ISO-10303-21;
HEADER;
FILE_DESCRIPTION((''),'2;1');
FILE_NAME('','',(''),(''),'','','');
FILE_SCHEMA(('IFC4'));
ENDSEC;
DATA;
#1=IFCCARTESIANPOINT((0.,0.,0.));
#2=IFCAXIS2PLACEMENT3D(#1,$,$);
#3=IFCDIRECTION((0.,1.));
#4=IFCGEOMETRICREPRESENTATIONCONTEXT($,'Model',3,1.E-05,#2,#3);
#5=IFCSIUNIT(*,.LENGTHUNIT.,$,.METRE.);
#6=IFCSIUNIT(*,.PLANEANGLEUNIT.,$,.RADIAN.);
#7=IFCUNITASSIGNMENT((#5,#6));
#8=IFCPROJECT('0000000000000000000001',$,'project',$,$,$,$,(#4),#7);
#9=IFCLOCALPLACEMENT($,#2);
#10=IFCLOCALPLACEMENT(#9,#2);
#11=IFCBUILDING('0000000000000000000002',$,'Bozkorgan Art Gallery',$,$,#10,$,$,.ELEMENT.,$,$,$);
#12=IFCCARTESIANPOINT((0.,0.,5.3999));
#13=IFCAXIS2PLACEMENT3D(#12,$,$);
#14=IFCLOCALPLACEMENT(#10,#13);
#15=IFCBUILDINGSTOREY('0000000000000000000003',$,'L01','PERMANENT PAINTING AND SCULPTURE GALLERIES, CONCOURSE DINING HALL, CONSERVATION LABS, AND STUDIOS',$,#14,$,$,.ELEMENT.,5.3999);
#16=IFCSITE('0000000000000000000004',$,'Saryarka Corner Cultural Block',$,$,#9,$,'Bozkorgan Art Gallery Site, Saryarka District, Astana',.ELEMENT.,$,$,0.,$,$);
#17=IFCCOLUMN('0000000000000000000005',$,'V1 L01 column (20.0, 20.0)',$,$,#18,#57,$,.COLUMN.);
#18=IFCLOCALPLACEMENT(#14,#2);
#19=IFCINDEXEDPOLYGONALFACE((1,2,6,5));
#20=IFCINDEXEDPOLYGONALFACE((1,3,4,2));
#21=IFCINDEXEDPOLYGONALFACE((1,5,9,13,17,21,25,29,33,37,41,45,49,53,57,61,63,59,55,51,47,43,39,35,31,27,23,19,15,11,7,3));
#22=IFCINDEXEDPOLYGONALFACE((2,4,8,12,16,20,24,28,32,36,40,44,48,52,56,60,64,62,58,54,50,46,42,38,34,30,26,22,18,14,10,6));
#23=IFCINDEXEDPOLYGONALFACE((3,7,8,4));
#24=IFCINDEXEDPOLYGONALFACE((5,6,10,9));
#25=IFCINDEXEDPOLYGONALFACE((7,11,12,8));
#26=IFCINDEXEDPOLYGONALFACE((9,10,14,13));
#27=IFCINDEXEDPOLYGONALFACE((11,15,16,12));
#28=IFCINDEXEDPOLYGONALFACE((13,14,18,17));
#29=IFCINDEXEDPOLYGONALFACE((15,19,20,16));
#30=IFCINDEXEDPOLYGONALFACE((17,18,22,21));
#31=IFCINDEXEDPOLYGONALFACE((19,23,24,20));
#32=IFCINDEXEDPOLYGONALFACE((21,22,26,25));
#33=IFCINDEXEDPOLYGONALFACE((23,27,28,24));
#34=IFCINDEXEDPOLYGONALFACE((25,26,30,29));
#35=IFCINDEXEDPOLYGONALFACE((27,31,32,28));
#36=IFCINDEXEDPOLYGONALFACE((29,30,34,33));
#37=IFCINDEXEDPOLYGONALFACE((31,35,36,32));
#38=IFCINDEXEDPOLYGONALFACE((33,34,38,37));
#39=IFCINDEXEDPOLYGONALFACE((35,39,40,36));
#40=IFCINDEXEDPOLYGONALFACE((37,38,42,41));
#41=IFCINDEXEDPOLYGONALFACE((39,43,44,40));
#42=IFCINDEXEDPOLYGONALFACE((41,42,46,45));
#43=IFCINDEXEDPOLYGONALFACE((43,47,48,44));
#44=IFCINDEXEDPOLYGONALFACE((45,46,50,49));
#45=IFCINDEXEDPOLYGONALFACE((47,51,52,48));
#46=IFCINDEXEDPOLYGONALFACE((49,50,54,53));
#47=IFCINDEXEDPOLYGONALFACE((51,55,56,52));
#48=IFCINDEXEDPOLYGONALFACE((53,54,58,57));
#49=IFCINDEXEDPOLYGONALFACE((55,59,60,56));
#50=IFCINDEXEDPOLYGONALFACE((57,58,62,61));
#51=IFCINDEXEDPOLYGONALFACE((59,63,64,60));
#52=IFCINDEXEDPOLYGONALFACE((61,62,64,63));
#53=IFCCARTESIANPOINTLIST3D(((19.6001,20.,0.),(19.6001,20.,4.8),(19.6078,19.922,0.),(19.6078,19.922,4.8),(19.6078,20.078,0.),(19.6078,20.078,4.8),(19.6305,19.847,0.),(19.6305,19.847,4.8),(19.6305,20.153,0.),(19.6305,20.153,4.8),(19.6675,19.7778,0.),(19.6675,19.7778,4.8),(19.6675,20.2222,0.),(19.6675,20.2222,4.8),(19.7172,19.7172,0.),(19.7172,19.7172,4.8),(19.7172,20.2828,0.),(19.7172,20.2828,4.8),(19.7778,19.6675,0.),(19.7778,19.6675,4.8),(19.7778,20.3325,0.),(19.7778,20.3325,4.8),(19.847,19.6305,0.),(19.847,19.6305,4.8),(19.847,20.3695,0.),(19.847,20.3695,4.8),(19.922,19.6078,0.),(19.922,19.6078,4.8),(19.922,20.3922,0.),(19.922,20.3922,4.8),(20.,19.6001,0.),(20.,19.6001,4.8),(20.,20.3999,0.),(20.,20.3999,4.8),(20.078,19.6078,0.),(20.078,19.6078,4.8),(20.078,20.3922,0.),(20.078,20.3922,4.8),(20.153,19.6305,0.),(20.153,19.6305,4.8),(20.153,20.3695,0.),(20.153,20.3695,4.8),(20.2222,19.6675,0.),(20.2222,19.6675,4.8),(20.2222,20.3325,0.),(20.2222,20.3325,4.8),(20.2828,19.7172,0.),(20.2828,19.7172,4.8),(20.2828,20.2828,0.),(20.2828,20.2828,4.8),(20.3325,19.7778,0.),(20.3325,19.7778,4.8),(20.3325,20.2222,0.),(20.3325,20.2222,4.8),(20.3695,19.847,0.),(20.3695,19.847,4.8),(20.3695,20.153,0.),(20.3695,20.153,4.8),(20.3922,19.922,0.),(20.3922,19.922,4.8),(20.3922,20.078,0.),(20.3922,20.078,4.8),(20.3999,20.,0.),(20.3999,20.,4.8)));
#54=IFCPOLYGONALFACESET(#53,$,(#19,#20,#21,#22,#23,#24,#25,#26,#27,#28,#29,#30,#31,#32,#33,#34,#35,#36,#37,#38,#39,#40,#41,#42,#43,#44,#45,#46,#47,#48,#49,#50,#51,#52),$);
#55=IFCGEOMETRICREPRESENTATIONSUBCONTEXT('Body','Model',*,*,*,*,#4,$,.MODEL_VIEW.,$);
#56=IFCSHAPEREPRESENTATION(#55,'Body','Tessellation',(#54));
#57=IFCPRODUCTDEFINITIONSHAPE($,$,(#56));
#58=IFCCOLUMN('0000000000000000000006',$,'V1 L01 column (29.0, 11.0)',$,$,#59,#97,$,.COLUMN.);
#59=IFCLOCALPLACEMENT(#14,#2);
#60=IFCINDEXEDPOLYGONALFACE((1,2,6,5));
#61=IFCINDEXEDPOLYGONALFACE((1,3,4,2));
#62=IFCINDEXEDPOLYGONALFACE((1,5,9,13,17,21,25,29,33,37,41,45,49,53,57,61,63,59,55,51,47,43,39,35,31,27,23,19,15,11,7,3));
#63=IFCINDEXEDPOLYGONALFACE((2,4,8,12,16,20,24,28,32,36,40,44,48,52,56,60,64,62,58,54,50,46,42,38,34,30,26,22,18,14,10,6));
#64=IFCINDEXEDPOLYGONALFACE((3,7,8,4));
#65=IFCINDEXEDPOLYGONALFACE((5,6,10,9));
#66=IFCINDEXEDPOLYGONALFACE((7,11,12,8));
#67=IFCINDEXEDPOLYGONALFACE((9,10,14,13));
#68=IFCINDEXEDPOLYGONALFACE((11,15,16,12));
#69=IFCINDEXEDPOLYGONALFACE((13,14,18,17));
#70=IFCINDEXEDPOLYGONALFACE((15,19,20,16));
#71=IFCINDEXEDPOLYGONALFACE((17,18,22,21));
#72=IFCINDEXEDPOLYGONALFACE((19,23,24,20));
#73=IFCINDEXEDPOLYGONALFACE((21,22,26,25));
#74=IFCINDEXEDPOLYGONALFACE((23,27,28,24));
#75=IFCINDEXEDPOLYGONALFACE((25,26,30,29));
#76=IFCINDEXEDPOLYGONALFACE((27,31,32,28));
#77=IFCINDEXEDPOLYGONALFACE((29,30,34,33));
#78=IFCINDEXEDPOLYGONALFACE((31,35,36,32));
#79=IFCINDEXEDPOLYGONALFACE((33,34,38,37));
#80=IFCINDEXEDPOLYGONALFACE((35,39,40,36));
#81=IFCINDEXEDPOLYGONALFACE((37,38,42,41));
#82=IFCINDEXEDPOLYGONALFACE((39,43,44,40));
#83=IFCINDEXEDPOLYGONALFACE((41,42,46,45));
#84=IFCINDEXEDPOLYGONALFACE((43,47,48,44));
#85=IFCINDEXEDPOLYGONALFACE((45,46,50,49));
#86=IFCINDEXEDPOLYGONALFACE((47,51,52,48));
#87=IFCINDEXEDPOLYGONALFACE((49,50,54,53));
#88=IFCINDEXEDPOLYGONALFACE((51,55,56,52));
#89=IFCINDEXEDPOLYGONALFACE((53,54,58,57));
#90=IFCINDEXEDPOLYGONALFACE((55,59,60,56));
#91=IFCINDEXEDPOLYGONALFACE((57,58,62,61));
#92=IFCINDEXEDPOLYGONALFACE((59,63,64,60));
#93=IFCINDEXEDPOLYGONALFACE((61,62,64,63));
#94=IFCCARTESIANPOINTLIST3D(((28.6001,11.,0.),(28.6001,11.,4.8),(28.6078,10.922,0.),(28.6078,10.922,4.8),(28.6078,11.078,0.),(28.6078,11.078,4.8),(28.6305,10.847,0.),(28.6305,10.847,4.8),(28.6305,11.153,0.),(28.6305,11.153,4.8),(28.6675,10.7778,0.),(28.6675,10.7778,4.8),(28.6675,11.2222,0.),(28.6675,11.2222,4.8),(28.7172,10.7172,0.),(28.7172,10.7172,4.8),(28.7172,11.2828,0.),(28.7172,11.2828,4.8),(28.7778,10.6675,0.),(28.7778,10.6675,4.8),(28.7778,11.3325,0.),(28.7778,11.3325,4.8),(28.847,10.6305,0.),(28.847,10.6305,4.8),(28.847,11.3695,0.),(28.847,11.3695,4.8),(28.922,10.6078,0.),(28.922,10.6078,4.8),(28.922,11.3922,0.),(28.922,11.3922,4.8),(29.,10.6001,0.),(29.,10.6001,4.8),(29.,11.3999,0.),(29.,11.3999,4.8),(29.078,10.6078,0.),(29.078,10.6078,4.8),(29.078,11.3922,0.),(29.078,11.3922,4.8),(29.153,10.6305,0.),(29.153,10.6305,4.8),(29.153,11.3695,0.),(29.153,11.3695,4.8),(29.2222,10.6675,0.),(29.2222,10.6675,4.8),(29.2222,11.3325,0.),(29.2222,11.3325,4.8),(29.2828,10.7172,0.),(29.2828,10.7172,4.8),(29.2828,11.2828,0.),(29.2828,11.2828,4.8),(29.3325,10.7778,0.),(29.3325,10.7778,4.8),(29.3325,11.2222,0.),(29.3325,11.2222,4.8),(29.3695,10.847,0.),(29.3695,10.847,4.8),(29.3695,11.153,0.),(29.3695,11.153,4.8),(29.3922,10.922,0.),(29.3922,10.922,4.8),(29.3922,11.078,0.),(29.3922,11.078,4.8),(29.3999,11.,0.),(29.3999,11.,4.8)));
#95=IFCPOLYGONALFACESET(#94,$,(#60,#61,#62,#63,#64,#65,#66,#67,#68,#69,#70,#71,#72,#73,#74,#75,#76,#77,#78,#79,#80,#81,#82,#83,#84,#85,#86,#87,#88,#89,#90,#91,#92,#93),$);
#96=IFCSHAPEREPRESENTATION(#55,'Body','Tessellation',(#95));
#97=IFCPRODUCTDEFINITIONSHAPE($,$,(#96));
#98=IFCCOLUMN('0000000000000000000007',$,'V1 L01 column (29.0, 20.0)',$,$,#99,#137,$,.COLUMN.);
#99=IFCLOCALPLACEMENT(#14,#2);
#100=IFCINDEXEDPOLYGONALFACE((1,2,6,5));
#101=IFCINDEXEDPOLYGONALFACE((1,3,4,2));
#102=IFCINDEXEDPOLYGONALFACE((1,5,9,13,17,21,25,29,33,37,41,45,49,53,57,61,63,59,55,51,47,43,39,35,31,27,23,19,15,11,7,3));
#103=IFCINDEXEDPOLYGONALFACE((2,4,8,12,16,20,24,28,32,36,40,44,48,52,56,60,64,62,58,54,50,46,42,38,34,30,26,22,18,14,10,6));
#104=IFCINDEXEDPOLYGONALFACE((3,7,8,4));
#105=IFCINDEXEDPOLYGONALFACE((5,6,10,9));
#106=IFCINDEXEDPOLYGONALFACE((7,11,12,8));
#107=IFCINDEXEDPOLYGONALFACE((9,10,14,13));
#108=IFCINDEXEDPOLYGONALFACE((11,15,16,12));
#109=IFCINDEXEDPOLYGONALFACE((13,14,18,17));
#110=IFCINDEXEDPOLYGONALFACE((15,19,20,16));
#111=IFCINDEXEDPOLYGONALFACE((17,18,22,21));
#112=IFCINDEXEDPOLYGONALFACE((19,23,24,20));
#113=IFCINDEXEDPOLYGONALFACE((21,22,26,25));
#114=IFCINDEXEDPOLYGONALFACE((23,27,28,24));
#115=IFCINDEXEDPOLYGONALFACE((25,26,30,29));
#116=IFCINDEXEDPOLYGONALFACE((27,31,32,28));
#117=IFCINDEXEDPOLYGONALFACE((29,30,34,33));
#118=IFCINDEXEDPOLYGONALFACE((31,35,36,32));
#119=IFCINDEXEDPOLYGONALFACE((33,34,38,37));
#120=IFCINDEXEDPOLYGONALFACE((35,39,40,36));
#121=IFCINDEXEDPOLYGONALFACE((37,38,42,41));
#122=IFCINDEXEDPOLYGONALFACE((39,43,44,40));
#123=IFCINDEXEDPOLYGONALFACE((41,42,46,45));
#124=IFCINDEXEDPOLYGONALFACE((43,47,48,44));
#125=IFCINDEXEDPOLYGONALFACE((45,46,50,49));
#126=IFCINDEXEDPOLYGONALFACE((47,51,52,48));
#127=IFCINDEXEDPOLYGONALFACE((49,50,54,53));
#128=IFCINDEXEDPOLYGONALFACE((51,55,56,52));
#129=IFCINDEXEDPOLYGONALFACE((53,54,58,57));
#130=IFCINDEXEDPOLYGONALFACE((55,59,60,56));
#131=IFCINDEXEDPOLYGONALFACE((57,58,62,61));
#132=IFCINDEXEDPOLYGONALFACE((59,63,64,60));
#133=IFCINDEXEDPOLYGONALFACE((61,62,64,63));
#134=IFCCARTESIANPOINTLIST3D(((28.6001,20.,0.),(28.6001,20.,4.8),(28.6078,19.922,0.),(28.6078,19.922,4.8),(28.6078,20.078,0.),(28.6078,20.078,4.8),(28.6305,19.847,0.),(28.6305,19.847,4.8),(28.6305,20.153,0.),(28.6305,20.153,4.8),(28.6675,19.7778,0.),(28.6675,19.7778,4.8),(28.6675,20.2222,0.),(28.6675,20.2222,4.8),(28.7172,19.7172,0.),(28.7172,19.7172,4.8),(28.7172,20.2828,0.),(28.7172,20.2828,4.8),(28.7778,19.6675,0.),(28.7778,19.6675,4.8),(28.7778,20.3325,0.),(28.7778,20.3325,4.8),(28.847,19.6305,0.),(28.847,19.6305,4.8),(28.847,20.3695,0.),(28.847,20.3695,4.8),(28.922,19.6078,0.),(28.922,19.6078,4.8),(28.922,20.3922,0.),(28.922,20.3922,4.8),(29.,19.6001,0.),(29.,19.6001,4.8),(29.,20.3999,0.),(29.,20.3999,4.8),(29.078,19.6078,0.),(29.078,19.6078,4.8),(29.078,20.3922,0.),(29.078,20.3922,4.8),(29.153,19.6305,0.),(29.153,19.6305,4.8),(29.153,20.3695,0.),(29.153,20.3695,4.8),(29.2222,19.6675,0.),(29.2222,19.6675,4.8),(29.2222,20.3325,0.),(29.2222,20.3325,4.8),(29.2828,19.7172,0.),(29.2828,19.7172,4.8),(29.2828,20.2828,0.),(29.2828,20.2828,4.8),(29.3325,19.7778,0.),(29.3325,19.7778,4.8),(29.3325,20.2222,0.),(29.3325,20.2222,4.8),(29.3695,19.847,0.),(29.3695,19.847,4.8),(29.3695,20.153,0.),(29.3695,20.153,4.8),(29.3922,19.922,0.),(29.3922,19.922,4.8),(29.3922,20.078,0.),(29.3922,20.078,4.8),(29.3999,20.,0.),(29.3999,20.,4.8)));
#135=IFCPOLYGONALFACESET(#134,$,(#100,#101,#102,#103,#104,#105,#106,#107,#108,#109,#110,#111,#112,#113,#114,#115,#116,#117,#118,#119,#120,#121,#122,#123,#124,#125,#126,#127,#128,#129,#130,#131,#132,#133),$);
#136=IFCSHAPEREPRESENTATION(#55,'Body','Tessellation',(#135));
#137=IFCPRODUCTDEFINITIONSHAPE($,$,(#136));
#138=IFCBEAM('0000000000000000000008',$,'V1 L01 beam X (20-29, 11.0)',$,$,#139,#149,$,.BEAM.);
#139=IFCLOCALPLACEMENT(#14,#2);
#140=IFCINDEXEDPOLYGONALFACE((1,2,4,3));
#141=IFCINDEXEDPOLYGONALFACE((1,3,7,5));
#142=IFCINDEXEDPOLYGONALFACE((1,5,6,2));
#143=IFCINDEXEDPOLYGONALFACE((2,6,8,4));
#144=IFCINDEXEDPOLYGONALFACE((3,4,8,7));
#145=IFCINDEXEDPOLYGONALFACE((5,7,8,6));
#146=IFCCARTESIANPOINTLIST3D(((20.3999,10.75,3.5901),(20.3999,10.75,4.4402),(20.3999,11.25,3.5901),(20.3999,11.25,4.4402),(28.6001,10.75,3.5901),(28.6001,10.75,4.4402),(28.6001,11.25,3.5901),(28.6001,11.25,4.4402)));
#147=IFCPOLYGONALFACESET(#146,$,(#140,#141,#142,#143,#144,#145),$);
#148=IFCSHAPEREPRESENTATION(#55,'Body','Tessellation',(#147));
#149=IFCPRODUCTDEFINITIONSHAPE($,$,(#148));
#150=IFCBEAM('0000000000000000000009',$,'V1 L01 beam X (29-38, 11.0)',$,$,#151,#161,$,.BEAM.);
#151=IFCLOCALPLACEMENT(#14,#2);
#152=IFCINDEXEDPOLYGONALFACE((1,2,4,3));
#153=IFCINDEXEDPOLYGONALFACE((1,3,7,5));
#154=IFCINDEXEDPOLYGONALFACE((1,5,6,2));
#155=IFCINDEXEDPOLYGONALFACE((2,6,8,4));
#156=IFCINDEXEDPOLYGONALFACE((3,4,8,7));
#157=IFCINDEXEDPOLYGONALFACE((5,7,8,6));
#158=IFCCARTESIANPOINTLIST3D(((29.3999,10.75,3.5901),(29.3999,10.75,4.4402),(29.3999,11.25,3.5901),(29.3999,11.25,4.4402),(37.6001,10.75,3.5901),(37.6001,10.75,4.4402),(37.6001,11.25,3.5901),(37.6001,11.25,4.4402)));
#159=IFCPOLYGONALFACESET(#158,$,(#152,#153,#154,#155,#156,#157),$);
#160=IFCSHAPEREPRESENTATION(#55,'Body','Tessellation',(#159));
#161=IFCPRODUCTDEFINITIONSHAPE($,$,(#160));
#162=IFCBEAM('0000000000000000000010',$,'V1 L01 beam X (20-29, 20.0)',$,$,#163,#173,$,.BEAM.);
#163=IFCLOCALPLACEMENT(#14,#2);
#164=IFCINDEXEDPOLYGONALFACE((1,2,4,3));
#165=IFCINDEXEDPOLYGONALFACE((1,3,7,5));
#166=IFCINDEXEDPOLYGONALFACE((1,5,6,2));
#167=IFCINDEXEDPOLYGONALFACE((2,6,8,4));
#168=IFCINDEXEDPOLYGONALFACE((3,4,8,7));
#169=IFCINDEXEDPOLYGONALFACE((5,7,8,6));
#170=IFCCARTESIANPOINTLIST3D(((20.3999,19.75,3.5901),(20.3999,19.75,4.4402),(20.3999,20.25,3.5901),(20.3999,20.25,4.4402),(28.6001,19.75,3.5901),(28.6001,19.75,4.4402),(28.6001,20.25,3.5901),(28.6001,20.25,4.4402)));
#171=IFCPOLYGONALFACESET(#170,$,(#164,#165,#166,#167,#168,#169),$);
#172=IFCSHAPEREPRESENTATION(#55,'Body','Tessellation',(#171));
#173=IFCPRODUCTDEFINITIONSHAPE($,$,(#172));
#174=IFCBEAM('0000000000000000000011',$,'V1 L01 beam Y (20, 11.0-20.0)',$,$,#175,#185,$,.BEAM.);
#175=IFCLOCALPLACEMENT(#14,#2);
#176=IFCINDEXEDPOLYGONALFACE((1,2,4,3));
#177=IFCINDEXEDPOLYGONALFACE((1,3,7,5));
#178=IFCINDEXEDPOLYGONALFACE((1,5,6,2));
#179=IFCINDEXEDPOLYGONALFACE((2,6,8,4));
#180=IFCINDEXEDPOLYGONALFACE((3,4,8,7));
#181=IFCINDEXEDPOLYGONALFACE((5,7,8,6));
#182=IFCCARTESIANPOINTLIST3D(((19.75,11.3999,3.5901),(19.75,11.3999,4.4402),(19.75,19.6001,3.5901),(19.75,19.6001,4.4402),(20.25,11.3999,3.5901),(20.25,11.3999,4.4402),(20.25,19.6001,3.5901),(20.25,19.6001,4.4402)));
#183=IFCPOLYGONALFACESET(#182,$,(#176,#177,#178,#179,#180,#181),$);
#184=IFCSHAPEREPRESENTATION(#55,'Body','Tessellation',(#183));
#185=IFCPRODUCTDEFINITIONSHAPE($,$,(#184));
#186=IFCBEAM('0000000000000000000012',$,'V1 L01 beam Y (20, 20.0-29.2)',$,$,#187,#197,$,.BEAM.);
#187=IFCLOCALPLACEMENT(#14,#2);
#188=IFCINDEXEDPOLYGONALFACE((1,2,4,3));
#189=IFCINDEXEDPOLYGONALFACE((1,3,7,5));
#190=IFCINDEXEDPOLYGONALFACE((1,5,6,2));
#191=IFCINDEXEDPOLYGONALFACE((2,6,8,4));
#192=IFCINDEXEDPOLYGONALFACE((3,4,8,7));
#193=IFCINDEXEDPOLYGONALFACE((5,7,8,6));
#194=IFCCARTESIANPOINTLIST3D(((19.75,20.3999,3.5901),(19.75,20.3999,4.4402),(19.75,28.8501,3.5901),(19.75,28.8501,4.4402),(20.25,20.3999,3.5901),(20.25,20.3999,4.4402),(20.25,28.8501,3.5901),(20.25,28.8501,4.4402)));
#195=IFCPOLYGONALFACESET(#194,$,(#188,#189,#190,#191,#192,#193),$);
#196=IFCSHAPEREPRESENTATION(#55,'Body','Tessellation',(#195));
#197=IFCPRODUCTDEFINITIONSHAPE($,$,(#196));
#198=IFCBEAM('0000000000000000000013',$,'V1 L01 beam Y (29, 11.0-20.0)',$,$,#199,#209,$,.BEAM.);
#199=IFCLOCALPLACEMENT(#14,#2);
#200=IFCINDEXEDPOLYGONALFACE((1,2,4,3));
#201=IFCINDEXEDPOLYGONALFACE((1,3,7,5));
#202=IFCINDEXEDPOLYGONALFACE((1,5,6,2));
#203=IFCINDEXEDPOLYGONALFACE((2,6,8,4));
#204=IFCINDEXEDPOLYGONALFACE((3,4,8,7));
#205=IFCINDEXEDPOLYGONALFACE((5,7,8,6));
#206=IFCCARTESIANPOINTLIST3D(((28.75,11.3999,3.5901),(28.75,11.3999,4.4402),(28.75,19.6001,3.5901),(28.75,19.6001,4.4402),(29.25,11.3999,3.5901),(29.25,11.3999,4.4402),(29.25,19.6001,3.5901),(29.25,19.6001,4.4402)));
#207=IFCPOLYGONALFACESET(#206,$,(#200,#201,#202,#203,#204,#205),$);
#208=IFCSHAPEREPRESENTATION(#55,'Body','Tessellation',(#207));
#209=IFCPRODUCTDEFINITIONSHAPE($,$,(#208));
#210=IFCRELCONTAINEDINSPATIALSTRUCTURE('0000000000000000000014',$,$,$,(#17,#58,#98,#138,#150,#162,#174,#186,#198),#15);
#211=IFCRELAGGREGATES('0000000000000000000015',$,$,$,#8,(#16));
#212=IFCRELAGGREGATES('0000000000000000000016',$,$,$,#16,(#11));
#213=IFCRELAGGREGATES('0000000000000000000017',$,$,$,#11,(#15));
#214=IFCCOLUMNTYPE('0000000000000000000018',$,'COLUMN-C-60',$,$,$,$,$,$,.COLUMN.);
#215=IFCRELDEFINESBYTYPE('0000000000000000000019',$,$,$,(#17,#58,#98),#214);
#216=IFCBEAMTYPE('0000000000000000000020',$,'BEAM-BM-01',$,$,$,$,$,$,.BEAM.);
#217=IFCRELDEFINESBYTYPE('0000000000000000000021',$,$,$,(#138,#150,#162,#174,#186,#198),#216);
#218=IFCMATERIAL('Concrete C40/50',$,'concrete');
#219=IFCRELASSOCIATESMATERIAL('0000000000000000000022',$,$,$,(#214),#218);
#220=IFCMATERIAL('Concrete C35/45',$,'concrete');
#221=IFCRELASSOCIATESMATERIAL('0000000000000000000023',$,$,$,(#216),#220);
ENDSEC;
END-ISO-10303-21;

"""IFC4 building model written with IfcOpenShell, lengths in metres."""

from ifc_helpers import new_model, si_unit, direction, frame, origin, origin_2d, place, context, subcontext, project, spatial, rectangle, circle, extrude, material, material_profile, profile_set, type_object, element, save


model = new_model("IFC4")

# Units and contexts
model_context = context("Model", 3, precision=1e-05, world=origin(), true_north=direction((0.0, 1.0)))
body_context = subcontext(model_context, "Body", "Model", "MODEL_VIEW")
ifc_project = project(units=[si_unit("LENGTHUNIT", "METRE"), si_unit("PLANEANGLEUNIT", "RADIAN")], contexts=[model_context])

# Site, building, storey
site_placement = place(None, origin())
site = spatial("IfcSite", under=ifc_project, at=site_placement, Name="Saryarka Corner Cultural Block", LongName="Bozkorgan Art Gallery Site, Saryarka District, Astana", CompositionType="ELEMENT", RefElevation=0.0)
building_placement = place(site_placement, origin())
building = spatial("IfcBuilding", under=site, at=building_placement, Name="Bozkorgan Art Gallery", CompositionType="ELEMENT")
storey_placement = place(building_placement, frame((0.0, 0.0, 5.3999)))
storey = spatial("IfcBuildingStorey", under=building, at=storey_placement, Name="L01", Description="PERMANENT PAINTING AND SCULPTURE GALLERIES, CONCOURSE DINING HALL, CONSERVATION LABS, AND STUDIOS", CompositionType="ELEMENT", Elevation=5.3999)

# Columns
ifc_material_1 = material(Name="Concrete C40/50", Category="concrete")
ifc_material_profile_1 = material_profile(ifc_material_1, circle(Radius=0.3999, at=origin_2d()), Name="RC D800")
ifc_profile_set_1 = profile_set([ifc_material_profile_1], Name="Concrete C40/50")
column_type = type_object("IfcColumnType", Name="COLUMN-C-60", PredefinedType="COLUMN", material=ifc_profile_set_1)
for number, where, z_axis, x_axis, name in (
    (1, (20.0, 20.0, 0.0), (0.0, 0.0, 1.0), (1.0, 0.0, 0.0), "V1 L01 column (20.0, 20.0)"),
    (2, (29.0, 11.0, 0.0), (0.0, 0.0, 1.0), (1.0, 0.0, 0.0), "V1 L01 column (29.0, 11.0)"),
    (3, (29.0, 20.0, 0.0), (0.0, 0.0, 1.0), (1.0, 0.0, 0.0), "V1 L01 column (29.0, 20.0)"),
):
    element("IfcColumn", number, at=place(storey_placement, frame(where, z_axis=z_axis, x_axis=x_axis)), inside=storey, type_object=column_type, Name=name, PredefinedType="COLUMN", context=body_context, shape_type="SweptSolid", body=[
        extrude(circle(Radius=0.3999, at=origin_2d()), origin(), (0.0, 0.0, 1.0), 4.8),
    ])

# Beams
ifc_material_2 = material(Name="Concrete C35/45", Category="concrete")
ifc_material_profile_2 = material_profile(ifc_material_2, rectangle(XDim=0.5, YDim=0.8501, at=origin_2d()), Name="RC 500x850")
ifc_profile_set_2 = profile_set([ifc_material_profile_2], Name="Concrete C35/45")
beam_type_1 = type_object("IfcBeamType", Name="BEAM-BM-01", PredefinedType="BEAM", material=ifc_profile_set_2)
for number, where, z_axis, x_axis, name in (
    (4, (20.3999, 11.0, 4.0151), (1.0, 0.0, 0.0), (0.0, 1.0, 0.0), "V1 L01 beam X (20-29, 11.0)"),
    (5, (29.3999, 11.0, 4.0151), (1.0, 0.0, 0.0), (0.0, 1.0, 0.0), "V1 L01 beam X (29-38, 11.0)"),
    (6, (20.3999, 20.0, 4.0151), (1.0, 0.0, 0.0), (0.0, 1.0, 0.0), "V1 L01 beam X (20-29, 20.0)"),
    (7, (20.0, 11.3999, 4.0151), (0.0, 1.0, 0.0), (-1.0, 0.0, 0.0), "V1 L01 beam Y (20, 11.0-20.0)"),
):
    element("IfcBeam", number, at=place(storey_placement, frame(where, z_axis=z_axis, x_axis=x_axis)), inside=storey, type_object=beam_type_1, Name=name, PredefinedType="BEAM", context=body_context, shape_type="SweptSolid", body=[
        extrude(rectangle(XDim=0.5, YDim=0.8501, at=origin_2d()), origin(), (0.0, 0.0, 1.0), 8.2002),
    ])
beam_1_placement = place(storey_placement, frame((20.0, 20.3999, 4.0151), z_axis=(0.0, 1.0, 0.0), x_axis=(-1.0, 0.0, 0.0)))
element("IfcBeam", 8, at=beam_1_placement, inside=storey, type_object=beam_type_1, Name="V1 L01 beam Y (20, 20.0-29.2)", PredefinedType="BEAM", context=body_context, shape_type="SweptSolid", body=[
    extrude(rectangle(XDim=0.5, YDim=0.8501, at=origin_2d()), origin(), (0.0, 0.0, 1.0), 8.4502),
])
beam_2_placement = place(storey_placement, frame((29.0, 11.3999, 4.0151), z_axis=(0.0, 1.0, 0.0), x_axis=(-1.0, 0.0, 0.0)))
element("IfcBeam", 9, at=beam_2_placement, inside=storey, type_object=beam_type_1, Name="V1 L01 beam Y (29, 11.0-20.0)", PredefinedType="BEAM", context=body_context, shape_type="SweptSolid", body=[
    extrude(rectangle(XDim=0.5, YDim=0.8501, at=origin_2d()), origin(), (0.0, 0.0, 1.0), 8.2002),
])

save(model, "model.ifc")
